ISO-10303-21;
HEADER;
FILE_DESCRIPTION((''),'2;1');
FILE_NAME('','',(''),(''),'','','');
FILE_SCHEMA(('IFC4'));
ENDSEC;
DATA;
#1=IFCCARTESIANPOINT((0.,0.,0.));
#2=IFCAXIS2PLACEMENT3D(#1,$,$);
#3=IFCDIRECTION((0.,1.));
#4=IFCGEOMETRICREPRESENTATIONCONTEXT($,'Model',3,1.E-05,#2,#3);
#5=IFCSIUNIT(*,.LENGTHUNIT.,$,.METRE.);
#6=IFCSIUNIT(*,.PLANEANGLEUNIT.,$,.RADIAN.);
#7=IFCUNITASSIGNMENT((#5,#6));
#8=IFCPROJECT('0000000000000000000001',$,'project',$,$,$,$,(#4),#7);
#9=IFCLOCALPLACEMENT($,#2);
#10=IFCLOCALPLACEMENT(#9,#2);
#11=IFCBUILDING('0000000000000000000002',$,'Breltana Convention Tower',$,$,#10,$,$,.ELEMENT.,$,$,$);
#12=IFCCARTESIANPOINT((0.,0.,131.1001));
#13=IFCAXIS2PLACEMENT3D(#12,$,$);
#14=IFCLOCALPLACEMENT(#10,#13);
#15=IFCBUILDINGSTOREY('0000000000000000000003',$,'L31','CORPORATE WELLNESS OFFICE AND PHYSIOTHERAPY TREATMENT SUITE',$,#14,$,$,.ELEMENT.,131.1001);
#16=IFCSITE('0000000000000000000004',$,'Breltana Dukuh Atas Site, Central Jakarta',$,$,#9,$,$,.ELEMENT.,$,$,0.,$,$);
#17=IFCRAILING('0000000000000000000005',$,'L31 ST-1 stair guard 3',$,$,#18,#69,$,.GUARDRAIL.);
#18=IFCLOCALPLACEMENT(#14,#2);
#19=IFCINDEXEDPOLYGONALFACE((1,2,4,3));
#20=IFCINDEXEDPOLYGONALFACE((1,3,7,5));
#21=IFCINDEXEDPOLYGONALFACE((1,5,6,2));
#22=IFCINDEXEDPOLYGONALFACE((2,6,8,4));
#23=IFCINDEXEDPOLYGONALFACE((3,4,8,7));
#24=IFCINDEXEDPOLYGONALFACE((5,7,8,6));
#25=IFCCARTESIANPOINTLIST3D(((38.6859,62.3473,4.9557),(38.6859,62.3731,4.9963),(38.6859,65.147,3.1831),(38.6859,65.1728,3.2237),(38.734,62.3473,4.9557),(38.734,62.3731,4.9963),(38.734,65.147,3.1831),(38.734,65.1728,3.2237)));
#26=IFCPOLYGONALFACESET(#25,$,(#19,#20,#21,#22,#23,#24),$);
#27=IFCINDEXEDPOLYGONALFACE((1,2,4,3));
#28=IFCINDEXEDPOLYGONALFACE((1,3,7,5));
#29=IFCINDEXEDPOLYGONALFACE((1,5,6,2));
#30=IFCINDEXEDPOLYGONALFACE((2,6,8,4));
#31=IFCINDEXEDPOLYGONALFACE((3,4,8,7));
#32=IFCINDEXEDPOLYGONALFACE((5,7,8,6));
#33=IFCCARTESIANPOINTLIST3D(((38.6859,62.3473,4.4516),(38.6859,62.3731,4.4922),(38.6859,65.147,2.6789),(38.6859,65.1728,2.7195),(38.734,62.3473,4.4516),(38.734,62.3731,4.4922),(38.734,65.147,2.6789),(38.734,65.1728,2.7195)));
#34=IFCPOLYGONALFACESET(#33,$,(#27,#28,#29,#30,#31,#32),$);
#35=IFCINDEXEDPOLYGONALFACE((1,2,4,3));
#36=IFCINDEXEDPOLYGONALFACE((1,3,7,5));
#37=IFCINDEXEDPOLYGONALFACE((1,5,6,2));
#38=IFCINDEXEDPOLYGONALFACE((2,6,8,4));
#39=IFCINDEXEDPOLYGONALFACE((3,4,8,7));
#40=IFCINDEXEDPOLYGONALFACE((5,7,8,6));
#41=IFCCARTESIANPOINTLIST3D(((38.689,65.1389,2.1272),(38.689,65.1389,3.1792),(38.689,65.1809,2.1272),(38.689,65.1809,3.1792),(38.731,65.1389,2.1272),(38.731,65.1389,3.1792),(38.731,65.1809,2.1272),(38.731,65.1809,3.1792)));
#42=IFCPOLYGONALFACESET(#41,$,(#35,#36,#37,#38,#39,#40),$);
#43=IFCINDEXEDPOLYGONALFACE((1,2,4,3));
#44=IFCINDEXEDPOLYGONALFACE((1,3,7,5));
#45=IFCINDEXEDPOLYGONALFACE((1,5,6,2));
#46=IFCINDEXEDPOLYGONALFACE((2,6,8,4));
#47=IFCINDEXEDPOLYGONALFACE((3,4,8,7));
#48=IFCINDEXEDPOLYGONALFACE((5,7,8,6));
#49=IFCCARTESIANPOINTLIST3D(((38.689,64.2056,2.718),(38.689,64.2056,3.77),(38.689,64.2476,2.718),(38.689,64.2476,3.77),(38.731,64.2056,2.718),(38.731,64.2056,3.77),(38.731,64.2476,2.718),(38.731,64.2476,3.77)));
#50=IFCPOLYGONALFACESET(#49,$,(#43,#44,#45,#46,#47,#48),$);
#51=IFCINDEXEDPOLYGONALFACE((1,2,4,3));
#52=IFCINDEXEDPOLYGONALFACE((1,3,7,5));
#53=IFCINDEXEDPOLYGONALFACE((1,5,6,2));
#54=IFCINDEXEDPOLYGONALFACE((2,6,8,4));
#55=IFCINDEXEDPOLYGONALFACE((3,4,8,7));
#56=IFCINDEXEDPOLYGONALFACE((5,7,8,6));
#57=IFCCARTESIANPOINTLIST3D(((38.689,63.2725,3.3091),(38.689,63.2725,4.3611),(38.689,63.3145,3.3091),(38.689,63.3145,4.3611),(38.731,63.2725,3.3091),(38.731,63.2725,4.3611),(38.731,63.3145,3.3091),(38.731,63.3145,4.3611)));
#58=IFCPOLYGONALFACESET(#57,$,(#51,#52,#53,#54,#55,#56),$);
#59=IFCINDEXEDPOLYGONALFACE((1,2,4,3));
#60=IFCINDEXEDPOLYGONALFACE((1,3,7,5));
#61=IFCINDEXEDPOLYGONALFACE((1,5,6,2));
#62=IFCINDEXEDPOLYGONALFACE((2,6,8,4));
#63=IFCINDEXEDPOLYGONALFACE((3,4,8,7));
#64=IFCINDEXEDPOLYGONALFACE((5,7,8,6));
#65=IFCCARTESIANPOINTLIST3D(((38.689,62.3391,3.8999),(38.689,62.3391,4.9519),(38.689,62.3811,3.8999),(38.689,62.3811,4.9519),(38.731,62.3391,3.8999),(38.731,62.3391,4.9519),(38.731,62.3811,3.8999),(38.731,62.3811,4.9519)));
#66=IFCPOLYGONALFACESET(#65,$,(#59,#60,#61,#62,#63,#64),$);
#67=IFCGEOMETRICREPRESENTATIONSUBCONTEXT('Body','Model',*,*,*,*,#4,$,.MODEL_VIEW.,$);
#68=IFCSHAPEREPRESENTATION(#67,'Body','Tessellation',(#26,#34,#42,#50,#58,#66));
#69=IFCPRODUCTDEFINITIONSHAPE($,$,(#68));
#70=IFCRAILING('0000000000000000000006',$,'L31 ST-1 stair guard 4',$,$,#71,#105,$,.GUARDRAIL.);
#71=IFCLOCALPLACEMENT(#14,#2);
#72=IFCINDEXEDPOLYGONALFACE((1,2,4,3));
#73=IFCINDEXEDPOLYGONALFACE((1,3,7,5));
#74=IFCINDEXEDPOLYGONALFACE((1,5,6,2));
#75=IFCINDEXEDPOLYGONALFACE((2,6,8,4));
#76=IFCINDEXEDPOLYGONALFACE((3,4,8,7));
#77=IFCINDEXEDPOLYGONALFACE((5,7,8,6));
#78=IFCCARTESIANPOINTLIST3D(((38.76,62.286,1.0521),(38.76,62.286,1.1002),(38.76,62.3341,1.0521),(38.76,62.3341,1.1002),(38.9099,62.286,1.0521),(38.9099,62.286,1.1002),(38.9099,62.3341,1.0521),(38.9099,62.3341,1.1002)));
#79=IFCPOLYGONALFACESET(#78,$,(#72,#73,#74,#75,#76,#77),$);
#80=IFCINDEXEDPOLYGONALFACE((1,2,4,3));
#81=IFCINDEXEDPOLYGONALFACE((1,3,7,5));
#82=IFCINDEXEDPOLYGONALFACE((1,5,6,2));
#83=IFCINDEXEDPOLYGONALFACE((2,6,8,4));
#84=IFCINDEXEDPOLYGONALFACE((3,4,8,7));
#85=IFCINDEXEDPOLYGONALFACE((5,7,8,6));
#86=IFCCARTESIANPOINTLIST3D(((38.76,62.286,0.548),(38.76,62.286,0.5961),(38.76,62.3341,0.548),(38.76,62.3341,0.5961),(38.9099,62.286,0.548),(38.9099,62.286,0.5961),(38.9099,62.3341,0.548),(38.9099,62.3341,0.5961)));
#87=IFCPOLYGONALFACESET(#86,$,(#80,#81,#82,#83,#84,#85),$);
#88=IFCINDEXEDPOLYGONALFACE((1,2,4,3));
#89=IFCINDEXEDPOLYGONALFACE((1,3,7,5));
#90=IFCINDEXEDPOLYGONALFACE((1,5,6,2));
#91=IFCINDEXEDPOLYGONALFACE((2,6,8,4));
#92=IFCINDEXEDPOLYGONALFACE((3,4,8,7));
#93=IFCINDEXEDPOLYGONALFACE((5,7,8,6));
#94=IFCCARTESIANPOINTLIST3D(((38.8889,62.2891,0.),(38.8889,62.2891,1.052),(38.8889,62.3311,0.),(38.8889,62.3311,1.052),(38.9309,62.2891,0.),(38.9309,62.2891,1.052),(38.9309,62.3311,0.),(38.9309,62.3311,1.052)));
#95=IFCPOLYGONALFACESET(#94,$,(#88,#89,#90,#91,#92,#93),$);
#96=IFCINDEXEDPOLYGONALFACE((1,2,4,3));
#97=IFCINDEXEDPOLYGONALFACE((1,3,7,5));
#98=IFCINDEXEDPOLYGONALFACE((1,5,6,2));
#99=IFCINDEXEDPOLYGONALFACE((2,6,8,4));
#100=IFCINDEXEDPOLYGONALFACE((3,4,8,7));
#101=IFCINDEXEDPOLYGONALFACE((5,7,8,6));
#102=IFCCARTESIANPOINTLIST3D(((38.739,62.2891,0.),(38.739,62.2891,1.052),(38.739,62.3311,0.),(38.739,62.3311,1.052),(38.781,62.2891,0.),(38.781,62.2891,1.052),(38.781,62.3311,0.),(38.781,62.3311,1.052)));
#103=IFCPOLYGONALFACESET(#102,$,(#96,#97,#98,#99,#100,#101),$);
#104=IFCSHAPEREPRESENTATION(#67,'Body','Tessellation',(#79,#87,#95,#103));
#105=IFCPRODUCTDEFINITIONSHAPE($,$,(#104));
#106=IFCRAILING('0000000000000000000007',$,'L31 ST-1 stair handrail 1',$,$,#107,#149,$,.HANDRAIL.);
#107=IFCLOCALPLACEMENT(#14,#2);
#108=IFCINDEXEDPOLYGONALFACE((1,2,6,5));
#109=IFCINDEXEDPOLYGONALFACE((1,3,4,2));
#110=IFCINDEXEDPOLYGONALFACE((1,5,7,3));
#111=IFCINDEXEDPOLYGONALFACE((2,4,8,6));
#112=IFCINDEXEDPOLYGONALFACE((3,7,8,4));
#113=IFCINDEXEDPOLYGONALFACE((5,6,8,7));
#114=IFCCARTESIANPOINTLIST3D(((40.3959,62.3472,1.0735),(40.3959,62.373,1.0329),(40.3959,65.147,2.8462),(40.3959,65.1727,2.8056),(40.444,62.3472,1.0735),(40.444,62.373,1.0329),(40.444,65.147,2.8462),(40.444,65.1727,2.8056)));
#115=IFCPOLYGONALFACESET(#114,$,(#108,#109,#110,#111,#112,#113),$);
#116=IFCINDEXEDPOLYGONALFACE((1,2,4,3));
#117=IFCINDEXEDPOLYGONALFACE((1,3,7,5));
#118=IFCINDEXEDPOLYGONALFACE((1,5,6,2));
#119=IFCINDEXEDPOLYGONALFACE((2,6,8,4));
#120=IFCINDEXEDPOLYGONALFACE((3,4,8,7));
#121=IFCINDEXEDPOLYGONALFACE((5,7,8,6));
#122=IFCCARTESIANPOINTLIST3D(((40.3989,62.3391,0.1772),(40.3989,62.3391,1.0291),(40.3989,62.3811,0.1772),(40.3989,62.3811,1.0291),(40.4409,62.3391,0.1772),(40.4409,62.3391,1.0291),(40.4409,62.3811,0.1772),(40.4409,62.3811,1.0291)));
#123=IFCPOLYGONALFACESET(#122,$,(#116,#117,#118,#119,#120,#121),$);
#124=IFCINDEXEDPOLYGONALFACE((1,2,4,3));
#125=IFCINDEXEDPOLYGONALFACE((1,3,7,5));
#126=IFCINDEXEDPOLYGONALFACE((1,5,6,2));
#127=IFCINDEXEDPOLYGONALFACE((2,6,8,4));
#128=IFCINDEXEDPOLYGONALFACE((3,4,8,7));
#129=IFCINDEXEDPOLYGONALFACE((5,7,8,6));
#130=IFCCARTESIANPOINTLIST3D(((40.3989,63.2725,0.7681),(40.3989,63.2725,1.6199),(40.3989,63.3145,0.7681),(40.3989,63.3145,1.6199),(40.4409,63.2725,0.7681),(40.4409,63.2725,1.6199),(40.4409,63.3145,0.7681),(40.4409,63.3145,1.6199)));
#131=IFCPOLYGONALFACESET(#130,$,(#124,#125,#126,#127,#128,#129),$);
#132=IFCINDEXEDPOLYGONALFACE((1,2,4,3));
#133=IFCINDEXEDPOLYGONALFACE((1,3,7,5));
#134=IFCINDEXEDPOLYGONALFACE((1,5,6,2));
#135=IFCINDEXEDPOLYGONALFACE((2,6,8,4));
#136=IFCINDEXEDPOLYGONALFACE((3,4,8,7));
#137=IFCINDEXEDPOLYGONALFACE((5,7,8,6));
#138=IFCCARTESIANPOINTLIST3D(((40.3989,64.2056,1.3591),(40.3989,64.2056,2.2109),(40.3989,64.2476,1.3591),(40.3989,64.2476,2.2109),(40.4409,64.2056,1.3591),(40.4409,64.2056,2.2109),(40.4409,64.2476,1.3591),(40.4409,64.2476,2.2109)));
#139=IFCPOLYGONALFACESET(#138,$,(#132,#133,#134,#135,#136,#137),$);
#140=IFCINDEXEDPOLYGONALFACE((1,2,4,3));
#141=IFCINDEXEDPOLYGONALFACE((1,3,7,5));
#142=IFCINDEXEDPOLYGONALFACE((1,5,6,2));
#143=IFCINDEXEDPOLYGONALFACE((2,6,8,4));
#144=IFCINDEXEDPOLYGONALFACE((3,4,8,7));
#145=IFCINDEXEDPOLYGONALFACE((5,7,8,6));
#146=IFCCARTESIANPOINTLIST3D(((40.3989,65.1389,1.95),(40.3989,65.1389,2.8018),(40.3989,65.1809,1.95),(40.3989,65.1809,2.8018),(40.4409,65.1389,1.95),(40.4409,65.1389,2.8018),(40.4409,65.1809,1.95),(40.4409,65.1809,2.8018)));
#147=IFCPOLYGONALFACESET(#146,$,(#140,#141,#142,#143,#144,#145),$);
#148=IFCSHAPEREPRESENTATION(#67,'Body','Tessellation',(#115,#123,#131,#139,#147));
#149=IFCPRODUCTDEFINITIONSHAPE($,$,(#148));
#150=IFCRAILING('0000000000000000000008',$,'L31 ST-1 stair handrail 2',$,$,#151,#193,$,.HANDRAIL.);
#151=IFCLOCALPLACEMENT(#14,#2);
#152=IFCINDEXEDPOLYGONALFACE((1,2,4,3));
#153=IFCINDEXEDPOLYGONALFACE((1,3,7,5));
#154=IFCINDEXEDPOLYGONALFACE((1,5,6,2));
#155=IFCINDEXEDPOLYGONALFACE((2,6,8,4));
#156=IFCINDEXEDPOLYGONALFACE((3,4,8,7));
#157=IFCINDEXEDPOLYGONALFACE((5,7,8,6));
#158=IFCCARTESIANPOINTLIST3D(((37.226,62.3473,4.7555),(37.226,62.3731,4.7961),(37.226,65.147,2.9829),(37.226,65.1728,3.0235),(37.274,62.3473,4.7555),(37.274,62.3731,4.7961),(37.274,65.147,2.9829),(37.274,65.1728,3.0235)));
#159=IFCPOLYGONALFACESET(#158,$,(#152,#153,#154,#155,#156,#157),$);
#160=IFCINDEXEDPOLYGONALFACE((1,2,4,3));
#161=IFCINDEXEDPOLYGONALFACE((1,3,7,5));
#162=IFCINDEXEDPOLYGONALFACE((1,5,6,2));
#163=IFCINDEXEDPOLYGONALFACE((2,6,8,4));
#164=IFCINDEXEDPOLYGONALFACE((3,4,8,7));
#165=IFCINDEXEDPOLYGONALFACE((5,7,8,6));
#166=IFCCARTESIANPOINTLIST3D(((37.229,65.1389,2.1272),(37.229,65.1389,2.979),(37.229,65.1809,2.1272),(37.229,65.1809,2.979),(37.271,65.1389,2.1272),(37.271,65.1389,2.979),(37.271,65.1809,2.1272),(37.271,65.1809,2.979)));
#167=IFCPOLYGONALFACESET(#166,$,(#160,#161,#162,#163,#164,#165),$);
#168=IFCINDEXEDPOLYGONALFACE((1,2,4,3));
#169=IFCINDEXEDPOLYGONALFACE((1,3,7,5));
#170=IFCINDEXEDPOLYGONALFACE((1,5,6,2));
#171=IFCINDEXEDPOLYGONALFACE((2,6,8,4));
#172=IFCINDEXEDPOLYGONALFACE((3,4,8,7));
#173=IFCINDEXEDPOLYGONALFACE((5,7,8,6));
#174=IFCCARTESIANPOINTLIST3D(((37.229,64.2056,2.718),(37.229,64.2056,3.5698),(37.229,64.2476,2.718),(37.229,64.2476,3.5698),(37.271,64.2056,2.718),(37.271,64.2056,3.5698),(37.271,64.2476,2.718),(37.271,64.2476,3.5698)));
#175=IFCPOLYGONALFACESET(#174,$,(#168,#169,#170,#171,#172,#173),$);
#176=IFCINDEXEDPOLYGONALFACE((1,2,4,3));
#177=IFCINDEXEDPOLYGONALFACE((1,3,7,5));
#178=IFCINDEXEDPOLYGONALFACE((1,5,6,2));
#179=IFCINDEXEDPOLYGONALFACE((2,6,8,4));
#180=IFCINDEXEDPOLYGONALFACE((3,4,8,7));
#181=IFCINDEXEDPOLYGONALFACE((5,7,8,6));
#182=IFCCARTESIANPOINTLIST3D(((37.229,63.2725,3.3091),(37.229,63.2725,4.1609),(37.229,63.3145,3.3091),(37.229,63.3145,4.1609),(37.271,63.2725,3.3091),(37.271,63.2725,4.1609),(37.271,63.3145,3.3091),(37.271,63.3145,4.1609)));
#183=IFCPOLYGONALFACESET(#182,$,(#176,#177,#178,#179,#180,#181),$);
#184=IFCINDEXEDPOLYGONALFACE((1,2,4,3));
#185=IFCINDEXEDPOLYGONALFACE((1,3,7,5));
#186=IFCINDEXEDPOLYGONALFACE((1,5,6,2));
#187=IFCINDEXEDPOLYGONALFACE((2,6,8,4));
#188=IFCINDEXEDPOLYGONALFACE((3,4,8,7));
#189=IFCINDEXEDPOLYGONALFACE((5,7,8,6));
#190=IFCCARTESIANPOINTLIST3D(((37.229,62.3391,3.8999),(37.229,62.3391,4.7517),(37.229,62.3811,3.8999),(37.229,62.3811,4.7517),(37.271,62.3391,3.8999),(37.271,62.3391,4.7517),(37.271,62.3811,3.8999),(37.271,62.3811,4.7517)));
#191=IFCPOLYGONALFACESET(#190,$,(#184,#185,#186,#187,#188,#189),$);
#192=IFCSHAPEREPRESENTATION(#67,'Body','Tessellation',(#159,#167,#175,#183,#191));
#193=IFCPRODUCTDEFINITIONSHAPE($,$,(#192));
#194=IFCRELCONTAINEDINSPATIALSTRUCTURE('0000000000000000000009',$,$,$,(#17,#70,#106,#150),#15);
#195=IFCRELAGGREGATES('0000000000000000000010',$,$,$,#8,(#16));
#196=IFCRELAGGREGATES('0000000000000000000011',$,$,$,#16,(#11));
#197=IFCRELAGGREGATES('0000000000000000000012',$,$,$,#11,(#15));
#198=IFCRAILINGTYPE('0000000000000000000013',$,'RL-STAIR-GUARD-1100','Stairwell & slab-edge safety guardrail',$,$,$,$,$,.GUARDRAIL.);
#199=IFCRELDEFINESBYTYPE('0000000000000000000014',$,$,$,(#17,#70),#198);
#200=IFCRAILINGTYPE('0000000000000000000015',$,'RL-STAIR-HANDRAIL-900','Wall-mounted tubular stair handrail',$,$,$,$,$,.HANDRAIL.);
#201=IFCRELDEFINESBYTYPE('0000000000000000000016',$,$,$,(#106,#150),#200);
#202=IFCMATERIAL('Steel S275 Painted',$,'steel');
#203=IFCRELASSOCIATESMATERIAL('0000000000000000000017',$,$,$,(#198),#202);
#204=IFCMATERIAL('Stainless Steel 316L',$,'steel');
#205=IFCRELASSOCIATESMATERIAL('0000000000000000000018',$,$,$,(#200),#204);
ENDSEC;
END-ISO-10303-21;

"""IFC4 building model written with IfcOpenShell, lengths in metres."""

from ifc_helpers import new_model, si_unit, direction, frame, origin, origin_2d, place, context, subcontext, project, spatial, rectangle, extrude, material, type_object, element, save


model = new_model("IFC4")

# Units and contexts
model_context = context("Model", 3, precision=1e-05, world=origin(), true_north=direction((0.0, 1.0)))
body_context = subcontext(model_context, "Body", "Model", "MODEL_VIEW")
ifc_project = project(units=[si_unit("LENGTHUNIT", "METRE"), si_unit("PLANEANGLEUNIT", "RADIAN")], contexts=[model_context])

# Site, building, storey
site_placement = place(None, origin())
site = spatial("IfcSite", under=ifc_project, at=site_placement, Name="Breltana Dukuh Atas Site, Central Jakarta", CompositionType="ELEMENT", RefElevation=0.0)
building_placement = place(site_placement, origin())
building = spatial("IfcBuilding", under=site, at=building_placement, Name="Breltana Convention Tower", CompositionType="ELEMENT")
storey_placement = place(building_placement, frame((0.0, 0.0, 131.1001)))
storey = spatial("IfcBuildingStorey", under=building, at=storey_placement, Name="L31", Description="CORPORATE WELLNESS OFFICE AND PHYSIOTHERAPY TREATMENT SUITE", CompositionType="ELEMENT", Elevation=131.1001)

# Railings
ifc_material_1 = material(Name="Steel S275 Painted", Category="steel")
railing_type_1 = type_object("IfcRailingType", Name="RL-STAIR-GUARD-1100", Description="Stairwell & slab-edge safety guardrail", PredefinedType="GUARDRAIL", material=ifc_material_1)
railing_1_placement = place(storey_placement, frame((38.71, 65.1599, 2.1272)))
element("IfcRailing", 1, at=railing_1_placement, inside=storey, type_object=railing_type_1, Name="L31 ST-1 stair guard 3", PredefinedType="GUARDRAIL", context=body_context, shape_type="SweptSolid", body=[
    extrude(rectangle(XDim=0.0481, YDim=0.0481, at=origin_2d()), frame((0.0, 0.0, 1.0762), z_axis=(0.0, -0.844888, 0.534943), x_axis=(1.0, 0.0, 0.0)), (0.0, 0.0, 1.0), 3.3137),
    extrude(rectangle(XDim=0.0481, YDim=0.0481, at=origin_2d()), frame((0.0, 0.0, 0.572), z_axis=(0.0, -0.844888, 0.534943), x_axis=(1.0, 0.0, 0.0)), (0.0, 0.0, 1.0), 3.3137),
    extrude(rectangle(XDim=0.042, YDim=0.042, at=origin_2d()), origin(), (0.0, 0.0, 1.0), 1.052),
    extrude(rectangle(XDim=0.042, YDim=0.042, at=origin_2d()), frame((0.0, -0.9333, 0.5908)), (0.0, 0.0, 1.0), 1.052),
    extrude(rectangle(XDim=0.042, YDim=0.042, at=origin_2d()), frame((0.0, -1.8665, 1.1819)), (0.0, 0.0, 1.0), 1.052),
    extrude(rectangle(XDim=0.042, YDim=0.042, at=origin_2d()), frame((0.0, -2.7998, 1.7727)), (0.0, 0.0, 1.0), 1.052),
])
railing_2_placement = place(storey_placement, frame((38.9099, 62.3101, 0.0)))
element("IfcRailing", 2, at=railing_2_placement, inside=storey, type_object=railing_type_1, Name="L31 ST-1 stair guard 4", PredefinedType="GUARDRAIL", context=body_context, shape_type="SweptSolid", body=[
    extrude(rectangle(XDim=0.0481, YDim=0.0481, at=origin_2d()), frame((0.0, 0.0, 1.0762), z_axis=(-1.0, 0.0, 0.0), x_axis=(0.0, -1.0, 0.0)), (0.0, 0.0, 1.0), 0.1499),
    extrude(rectangle(XDim=0.0481, YDim=0.0481, at=origin_2d()), frame((0.0, 0.0, 0.572), z_axis=(-1.0, 0.0, 0.0), x_axis=(0.0, -1.0, 0.0)), (0.0, 0.0, 1.0), 0.1499),
    extrude(rectangle(XDim=0.042, YDim=0.042, at=origin_2d()), origin(), (0.0, 0.0, 1.0), 1.052),
    extrude(rectangle(XDim=0.042, YDim=0.042, at=origin_2d()), frame((-0.1499, 0.0, 0.0)), (0.0, 0.0, 1.0), 1.052),
])
ifc_material_2 = material(Name="Stainless Steel 316L", Category="steel")
railing_type_2 = type_object("IfcRailingType", Name="RL-STAIR-HANDRAIL-900", Description="Wall-mounted tubular stair handrail", PredefinedType="HANDRAIL", material=ifc_material_2)
railing_3_placement = place(storey_placement, frame((40.4199, 62.3601, 0.1772)))
element("IfcRailing", 3, at=railing_3_placement, inside=storey, type_object=railing_type_2, Name="L31 ST-1 stair handrail 1", PredefinedType="HANDRAIL", context=body_context, shape_type="SweptSolid", body=[
    extrude(rectangle(XDim=0.0481, YDim=0.0481, at=origin_2d()), frame((0.0, 0.0, 0.876), z_axis=(0.0, 0.844888, 0.534943), x_axis=(-1.0, 0.0, 0.0)), (0.0, 0.0, 1.0), 3.3137),
    extrude(rectangle(XDim=0.042, YDim=0.042, at=origin_2d()), origin(), (0.0, 0.0, 1.0), 0.8518),
    extrude(rectangle(XDim=0.042, YDim=0.042, at=origin_2d()), frame((0.0, 0.9333, 0.5908)), (0.0, 0.0, 1.0), 0.8518),
    extrude(rectangle(XDim=0.042, YDim=0.042, at=origin_2d()), frame((0.0, 1.8665, 1.1819)), (0.0, 0.0, 1.0), 0.8518),
    extrude(rectangle(XDim=0.042, YDim=0.042, at=origin_2d()), frame((0.0, 2.7998, 1.7727)), (0.0, 0.0, 1.0), 0.8518),
])
railing_4_placement = place(storey_placement, frame((37.25, 65.1599, 2.1272)))
element("IfcRailing", 4, at=railing_4_placement, inside=storey, type_object=railing_type_2, Name="L31 ST-1 stair handrail 2", PredefinedType="HANDRAIL", context=body_context, shape_type="SweptSolid", body=[
    extrude(rectangle(XDim=0.0481, YDim=0.0481, at=origin_2d()), frame((0.0, 0.0, 0.876), z_axis=(0.0, -0.844888, 0.534943), x_axis=(1.0, 0.0, 0.0)), (0.0, 0.0, 1.0), 3.3137),
    extrude(rectangle(XDim=0.042, YDim=0.042, at=origin_2d()), origin(), (0.0, 0.0, 1.0), 0.8518),
    extrude(rectangle(XDim=0.042, YDim=0.042, at=origin_2d()), frame((0.0, -0.9333, 0.5908)), (0.0, 0.0, 1.0), 0.8518),
    extrude(rectangle(XDim=0.042, YDim=0.042, at=origin_2d()), frame((0.0, -1.8665, 1.1819)), (0.0, 0.0, 1.0), 0.8518),
    extrude(rectangle(XDim=0.042, YDim=0.042, at=origin_2d()), frame((0.0, -2.7998, 1.7727)), (0.0, 0.0, 1.0), 0.8518),
])

save(model, "model.ifc")
